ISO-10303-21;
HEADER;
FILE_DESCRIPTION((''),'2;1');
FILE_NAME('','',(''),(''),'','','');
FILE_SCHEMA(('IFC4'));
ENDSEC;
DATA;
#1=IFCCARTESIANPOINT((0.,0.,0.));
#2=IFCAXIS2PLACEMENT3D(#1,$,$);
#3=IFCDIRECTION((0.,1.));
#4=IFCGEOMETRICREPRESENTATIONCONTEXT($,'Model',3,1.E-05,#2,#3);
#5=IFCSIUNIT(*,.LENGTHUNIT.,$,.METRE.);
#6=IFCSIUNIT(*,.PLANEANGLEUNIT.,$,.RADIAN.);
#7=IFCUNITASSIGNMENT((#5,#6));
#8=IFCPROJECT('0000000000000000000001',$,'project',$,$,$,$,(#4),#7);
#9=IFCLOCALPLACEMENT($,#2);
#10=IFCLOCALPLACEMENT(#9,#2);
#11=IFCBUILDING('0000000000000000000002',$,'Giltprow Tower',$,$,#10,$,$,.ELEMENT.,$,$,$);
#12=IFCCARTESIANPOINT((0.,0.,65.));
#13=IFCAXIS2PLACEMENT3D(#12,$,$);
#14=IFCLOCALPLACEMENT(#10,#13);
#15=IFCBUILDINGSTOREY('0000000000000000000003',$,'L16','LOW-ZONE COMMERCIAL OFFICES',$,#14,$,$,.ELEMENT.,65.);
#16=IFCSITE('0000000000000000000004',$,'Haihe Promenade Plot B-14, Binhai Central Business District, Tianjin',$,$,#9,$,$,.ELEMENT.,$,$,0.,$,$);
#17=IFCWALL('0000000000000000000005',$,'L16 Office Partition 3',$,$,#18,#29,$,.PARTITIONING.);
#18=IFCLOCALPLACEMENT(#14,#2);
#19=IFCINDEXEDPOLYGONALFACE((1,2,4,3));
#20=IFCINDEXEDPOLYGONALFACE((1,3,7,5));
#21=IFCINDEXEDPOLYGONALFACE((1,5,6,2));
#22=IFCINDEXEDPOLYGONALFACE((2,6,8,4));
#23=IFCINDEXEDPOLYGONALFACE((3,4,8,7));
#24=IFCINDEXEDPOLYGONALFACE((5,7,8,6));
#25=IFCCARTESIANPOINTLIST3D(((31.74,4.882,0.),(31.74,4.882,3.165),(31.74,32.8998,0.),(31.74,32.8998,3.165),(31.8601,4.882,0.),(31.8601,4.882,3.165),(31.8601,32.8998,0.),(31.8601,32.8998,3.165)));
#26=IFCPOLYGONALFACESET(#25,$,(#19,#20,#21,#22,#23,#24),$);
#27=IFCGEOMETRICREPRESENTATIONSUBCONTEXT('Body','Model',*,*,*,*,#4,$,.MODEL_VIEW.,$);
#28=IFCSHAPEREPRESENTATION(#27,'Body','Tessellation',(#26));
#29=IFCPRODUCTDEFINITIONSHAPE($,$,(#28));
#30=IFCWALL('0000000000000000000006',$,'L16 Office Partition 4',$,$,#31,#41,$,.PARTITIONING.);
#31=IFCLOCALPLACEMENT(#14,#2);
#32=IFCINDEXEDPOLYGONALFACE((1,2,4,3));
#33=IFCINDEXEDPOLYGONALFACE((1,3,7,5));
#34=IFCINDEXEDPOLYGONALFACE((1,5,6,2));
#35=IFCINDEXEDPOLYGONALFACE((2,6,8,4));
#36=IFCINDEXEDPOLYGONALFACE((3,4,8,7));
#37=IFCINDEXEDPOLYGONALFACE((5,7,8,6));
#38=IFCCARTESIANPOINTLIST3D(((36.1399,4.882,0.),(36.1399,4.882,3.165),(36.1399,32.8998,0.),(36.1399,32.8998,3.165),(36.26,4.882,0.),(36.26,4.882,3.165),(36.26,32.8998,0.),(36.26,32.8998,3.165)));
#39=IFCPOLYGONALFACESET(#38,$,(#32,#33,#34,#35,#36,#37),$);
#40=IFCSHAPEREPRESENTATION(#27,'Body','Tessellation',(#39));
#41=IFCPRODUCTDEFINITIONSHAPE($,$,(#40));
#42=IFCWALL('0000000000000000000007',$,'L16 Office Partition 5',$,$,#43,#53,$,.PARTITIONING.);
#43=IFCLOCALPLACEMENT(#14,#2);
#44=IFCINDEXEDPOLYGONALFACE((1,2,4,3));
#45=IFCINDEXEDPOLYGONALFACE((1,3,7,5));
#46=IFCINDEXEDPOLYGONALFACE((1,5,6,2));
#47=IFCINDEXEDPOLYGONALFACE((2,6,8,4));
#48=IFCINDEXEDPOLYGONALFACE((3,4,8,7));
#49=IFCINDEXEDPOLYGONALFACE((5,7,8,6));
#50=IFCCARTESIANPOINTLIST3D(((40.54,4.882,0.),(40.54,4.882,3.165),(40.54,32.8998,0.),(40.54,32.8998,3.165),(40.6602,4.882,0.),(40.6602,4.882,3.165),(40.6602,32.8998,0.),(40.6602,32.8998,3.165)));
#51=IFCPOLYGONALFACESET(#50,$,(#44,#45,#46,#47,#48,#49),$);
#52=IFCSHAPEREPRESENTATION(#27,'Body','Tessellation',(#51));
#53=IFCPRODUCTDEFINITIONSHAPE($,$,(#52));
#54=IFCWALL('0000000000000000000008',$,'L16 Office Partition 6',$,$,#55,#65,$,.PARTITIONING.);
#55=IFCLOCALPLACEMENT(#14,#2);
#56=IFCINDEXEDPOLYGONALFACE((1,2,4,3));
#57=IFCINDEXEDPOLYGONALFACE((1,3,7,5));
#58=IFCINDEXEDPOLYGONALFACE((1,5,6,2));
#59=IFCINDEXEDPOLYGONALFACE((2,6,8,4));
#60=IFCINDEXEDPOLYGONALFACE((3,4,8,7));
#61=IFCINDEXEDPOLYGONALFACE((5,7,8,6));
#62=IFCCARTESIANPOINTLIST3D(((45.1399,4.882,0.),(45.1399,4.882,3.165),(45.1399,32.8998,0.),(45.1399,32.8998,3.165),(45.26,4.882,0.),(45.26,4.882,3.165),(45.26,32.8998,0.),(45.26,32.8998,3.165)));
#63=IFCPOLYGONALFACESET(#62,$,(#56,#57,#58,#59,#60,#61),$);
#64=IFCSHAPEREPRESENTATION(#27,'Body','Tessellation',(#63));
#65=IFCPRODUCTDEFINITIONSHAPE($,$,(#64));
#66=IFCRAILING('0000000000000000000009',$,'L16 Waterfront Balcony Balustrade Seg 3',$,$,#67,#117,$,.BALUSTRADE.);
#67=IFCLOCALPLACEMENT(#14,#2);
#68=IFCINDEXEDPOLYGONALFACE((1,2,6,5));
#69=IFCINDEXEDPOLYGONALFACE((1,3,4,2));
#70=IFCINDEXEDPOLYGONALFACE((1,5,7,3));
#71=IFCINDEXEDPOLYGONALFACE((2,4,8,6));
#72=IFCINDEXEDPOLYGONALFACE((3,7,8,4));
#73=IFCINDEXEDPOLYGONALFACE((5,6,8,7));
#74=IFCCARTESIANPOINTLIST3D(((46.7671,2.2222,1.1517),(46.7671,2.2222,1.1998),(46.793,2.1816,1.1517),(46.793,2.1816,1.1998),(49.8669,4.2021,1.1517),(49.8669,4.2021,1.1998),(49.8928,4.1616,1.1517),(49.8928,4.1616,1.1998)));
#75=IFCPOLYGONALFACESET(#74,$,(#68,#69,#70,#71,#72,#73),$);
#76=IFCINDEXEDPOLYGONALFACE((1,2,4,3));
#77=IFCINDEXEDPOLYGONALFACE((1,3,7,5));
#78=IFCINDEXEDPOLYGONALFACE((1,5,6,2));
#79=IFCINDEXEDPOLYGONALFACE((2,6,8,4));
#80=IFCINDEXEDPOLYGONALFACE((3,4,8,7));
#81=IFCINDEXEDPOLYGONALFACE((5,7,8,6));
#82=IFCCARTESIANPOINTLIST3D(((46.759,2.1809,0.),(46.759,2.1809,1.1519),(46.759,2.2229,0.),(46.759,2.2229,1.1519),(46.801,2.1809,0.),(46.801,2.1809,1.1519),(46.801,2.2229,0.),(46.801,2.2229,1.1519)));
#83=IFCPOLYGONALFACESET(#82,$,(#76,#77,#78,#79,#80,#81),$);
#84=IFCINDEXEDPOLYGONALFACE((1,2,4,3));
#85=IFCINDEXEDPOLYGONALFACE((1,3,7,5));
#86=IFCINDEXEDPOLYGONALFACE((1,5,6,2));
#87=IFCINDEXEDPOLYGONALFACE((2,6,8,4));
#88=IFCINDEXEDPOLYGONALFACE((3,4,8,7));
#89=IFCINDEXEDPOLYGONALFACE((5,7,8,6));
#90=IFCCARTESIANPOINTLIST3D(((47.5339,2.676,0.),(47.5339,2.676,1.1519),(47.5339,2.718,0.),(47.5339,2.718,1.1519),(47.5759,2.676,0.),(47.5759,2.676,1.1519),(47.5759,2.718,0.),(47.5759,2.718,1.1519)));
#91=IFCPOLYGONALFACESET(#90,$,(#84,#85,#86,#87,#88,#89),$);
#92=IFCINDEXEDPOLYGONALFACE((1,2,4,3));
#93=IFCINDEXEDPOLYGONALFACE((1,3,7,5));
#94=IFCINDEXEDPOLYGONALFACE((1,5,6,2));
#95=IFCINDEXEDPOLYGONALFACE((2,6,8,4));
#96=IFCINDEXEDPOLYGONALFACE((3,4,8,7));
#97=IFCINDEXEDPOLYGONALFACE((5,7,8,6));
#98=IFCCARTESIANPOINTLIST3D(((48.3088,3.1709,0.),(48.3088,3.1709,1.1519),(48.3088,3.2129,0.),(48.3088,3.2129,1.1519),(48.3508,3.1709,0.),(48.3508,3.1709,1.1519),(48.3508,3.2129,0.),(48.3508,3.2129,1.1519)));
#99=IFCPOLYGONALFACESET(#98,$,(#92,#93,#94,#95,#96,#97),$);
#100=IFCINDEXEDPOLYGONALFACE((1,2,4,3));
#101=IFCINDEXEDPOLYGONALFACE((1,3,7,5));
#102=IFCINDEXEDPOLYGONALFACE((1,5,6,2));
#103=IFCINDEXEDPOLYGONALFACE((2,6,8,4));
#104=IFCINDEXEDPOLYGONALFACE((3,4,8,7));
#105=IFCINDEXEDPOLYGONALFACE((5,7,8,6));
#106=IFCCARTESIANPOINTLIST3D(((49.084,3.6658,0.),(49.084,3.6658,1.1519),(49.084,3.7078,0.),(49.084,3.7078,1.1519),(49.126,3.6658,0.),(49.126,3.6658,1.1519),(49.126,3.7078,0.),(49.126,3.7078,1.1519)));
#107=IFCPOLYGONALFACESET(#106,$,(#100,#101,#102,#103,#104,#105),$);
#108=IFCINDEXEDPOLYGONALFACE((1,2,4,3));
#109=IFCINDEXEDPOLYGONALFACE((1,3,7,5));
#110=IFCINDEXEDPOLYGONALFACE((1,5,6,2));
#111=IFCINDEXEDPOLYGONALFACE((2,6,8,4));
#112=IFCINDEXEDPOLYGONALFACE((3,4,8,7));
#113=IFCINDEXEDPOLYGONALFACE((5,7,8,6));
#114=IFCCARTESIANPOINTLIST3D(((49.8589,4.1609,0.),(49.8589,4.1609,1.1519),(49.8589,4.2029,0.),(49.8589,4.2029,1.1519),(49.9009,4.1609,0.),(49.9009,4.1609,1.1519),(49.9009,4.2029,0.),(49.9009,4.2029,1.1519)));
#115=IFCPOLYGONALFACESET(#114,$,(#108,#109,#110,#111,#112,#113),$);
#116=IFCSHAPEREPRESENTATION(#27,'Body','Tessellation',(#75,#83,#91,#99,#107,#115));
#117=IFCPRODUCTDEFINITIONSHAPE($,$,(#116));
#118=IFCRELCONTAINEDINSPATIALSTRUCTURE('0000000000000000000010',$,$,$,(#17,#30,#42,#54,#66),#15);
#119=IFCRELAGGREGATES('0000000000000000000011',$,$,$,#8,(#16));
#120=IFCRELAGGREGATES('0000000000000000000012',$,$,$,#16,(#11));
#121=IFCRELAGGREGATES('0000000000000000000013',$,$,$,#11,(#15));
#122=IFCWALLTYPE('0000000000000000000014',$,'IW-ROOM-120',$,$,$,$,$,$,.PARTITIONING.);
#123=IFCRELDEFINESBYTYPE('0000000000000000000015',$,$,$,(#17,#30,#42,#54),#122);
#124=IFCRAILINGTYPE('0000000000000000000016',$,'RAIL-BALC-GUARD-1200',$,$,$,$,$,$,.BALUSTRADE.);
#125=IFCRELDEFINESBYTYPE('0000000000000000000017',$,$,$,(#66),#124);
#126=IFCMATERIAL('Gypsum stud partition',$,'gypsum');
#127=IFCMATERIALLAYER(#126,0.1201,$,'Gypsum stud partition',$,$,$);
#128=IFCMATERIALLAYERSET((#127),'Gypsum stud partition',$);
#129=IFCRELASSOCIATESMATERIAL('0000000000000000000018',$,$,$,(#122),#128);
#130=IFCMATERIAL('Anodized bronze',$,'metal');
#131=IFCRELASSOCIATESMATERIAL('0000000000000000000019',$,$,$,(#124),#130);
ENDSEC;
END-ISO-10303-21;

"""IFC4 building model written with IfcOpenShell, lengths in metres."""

from ifc_helpers import new_model, si_unit, direction, frame, frame_2d, origin, origin_2d, place, context, subcontext, project, spatial, rectangle, extrude, material, layer, layer_set, type_object, element, save


model = new_model("IFC4")

# Units and contexts
model_context = context("Model", 3, precision=1e-05, world=origin(), true_north=direction((0.0, 1.0)))
body_context = subcontext(model_context, "Body", "Model", "MODEL_VIEW")
ifc_project = project(units=[si_unit("LENGTHUNIT", "METRE"), si_unit("PLANEANGLEUNIT", "RADIAN")], contexts=[model_context])

# Site, building, storey
site_placement = place(None, origin())
site = spatial("IfcSite", under=ifc_project, at=site_placement, Name="Haihe Promenade Plot B-14, Binhai Central Business District, Tianjin", CompositionType="ELEMENT", RefElevation=0.0)
building_placement = place(site_placement, origin())
building = spatial("IfcBuilding", under=site, at=building_placement, Name="Giltprow Tower", CompositionType="ELEMENT")
storey_placement = place(building_placement, frame((0.0, 0.0, 65.0)))
storey = spatial("IfcBuildingStorey", under=building, at=storey_placement, Name="L16", Description="LOW-ZONE COMMERCIAL OFFICES", CompositionType="ELEMENT", Elevation=65.0)

# Shared definitions
ifc_material_1 = material(Name="Anodized bronze", Category="metal")

# Walls
ifc_material_2 = material(Name="Gypsum stud partition", Category="gypsum")
ifc_layer_1 = layer(ifc_material_2, 0.1201, Name="Gypsum stud partition")
ifc_layer_set_1 = layer_set([ifc_layer_1], Name="Gypsum stud partition")
wall_type_1 = type_object("IfcWallType", Name="IW-ROOM-120", PredefinedType="PARTITIONING", material=ifc_layer_set_1)
for number, where, z_axis, x_axis, name in (
    (1, (31.8, 4.8821, 0.0), (0.0, 0.0, 1.0), (0.0, 1.0, 0.0), "L16 Office Partition 3"),
    (2, (36.2, 4.8821, 0.0), (0.0, 0.0, 1.0), (0.0, 1.0, 0.0), "L16 Office Partition 4"),
    (3, (40.6001, 4.8821, 0.0), (0.0, 0.0, 1.0), (0.0, 1.0, 0.0), "L16 Office Partition 5"),
    (4, (45.2, 4.8821, 0.0), (0.0, 0.0, 1.0), (0.0, 1.0, 0.0), "L16 Office Partition 6"),
):
    element("IfcWall", number, at=place(storey_placement, frame(where, z_axis=z_axis, x_axis=x_axis)), inside=storey, type_object=wall_type_1, Name=name, PredefinedType="PARTITIONING", context=body_context, shape_type="SweptSolid", body=[
        extrude(rectangle(XDim=28.0178, YDim=0.1201, at=frame_2d((14.0088, 0.0))), origin(), (0.0, 0.0, 1.0), 3.165),
    ])

# Railing
railing_type = type_object("IfcRailingType", Name="RAIL-BALC-GUARD-1200", PredefinedType="BALUSTRADE", material=ifc_material_1)
railing_1_placement = place(storey_placement, frame((46.78, 2.2019, 0.0)))
element("IfcRailing", 5, at=railing_1_placement, inside=storey, type_object=railing_type, Name="L16 Waterfront Balcony Balustrade Seg 3", PredefinedType="BALUSTRADE", context=body_context, shape_type="SweptSolid", body=[
    extrude(rectangle(XDim=0.0481, YDim=0.0481, at=origin_2d()), frame((0.0, 0.0, 1.1758), z_axis=(0.842756, 0.538296, 0.0), x_axis=(-0.538296, 0.842756, 0.0)), (0.0, 0.0, 1.0), 3.6782),
    extrude(rectangle(XDim=0.042, YDim=0.042, at=origin_2d()), origin(), (0.0, 0.0, 1.0), 1.1519),
    extrude(rectangle(XDim=0.042, YDim=0.042, at=origin_2d()), frame((0.7749, 0.4951, 0.0)), (0.0, 0.0, 1.0), 1.1519),
    extrude(rectangle(XDim=0.042, YDim=0.042, at=origin_2d()), frame((1.5498, 0.99, 0.0)), (0.0, 0.0, 1.0), 1.1519),
    extrude(rectangle(XDim=0.042, YDim=0.042, at=origin_2d()), frame((2.325, 1.4849, 0.0)), (0.0, 0.0, 1.0), 1.1519),
    extrude(rectangle(XDim=0.042, YDim=0.042, at=origin_2d()), frame((3.0999, 1.98, 0.0)), (0.0, 0.0, 1.0), 1.1519),
])

save(model, "model.ifc")
